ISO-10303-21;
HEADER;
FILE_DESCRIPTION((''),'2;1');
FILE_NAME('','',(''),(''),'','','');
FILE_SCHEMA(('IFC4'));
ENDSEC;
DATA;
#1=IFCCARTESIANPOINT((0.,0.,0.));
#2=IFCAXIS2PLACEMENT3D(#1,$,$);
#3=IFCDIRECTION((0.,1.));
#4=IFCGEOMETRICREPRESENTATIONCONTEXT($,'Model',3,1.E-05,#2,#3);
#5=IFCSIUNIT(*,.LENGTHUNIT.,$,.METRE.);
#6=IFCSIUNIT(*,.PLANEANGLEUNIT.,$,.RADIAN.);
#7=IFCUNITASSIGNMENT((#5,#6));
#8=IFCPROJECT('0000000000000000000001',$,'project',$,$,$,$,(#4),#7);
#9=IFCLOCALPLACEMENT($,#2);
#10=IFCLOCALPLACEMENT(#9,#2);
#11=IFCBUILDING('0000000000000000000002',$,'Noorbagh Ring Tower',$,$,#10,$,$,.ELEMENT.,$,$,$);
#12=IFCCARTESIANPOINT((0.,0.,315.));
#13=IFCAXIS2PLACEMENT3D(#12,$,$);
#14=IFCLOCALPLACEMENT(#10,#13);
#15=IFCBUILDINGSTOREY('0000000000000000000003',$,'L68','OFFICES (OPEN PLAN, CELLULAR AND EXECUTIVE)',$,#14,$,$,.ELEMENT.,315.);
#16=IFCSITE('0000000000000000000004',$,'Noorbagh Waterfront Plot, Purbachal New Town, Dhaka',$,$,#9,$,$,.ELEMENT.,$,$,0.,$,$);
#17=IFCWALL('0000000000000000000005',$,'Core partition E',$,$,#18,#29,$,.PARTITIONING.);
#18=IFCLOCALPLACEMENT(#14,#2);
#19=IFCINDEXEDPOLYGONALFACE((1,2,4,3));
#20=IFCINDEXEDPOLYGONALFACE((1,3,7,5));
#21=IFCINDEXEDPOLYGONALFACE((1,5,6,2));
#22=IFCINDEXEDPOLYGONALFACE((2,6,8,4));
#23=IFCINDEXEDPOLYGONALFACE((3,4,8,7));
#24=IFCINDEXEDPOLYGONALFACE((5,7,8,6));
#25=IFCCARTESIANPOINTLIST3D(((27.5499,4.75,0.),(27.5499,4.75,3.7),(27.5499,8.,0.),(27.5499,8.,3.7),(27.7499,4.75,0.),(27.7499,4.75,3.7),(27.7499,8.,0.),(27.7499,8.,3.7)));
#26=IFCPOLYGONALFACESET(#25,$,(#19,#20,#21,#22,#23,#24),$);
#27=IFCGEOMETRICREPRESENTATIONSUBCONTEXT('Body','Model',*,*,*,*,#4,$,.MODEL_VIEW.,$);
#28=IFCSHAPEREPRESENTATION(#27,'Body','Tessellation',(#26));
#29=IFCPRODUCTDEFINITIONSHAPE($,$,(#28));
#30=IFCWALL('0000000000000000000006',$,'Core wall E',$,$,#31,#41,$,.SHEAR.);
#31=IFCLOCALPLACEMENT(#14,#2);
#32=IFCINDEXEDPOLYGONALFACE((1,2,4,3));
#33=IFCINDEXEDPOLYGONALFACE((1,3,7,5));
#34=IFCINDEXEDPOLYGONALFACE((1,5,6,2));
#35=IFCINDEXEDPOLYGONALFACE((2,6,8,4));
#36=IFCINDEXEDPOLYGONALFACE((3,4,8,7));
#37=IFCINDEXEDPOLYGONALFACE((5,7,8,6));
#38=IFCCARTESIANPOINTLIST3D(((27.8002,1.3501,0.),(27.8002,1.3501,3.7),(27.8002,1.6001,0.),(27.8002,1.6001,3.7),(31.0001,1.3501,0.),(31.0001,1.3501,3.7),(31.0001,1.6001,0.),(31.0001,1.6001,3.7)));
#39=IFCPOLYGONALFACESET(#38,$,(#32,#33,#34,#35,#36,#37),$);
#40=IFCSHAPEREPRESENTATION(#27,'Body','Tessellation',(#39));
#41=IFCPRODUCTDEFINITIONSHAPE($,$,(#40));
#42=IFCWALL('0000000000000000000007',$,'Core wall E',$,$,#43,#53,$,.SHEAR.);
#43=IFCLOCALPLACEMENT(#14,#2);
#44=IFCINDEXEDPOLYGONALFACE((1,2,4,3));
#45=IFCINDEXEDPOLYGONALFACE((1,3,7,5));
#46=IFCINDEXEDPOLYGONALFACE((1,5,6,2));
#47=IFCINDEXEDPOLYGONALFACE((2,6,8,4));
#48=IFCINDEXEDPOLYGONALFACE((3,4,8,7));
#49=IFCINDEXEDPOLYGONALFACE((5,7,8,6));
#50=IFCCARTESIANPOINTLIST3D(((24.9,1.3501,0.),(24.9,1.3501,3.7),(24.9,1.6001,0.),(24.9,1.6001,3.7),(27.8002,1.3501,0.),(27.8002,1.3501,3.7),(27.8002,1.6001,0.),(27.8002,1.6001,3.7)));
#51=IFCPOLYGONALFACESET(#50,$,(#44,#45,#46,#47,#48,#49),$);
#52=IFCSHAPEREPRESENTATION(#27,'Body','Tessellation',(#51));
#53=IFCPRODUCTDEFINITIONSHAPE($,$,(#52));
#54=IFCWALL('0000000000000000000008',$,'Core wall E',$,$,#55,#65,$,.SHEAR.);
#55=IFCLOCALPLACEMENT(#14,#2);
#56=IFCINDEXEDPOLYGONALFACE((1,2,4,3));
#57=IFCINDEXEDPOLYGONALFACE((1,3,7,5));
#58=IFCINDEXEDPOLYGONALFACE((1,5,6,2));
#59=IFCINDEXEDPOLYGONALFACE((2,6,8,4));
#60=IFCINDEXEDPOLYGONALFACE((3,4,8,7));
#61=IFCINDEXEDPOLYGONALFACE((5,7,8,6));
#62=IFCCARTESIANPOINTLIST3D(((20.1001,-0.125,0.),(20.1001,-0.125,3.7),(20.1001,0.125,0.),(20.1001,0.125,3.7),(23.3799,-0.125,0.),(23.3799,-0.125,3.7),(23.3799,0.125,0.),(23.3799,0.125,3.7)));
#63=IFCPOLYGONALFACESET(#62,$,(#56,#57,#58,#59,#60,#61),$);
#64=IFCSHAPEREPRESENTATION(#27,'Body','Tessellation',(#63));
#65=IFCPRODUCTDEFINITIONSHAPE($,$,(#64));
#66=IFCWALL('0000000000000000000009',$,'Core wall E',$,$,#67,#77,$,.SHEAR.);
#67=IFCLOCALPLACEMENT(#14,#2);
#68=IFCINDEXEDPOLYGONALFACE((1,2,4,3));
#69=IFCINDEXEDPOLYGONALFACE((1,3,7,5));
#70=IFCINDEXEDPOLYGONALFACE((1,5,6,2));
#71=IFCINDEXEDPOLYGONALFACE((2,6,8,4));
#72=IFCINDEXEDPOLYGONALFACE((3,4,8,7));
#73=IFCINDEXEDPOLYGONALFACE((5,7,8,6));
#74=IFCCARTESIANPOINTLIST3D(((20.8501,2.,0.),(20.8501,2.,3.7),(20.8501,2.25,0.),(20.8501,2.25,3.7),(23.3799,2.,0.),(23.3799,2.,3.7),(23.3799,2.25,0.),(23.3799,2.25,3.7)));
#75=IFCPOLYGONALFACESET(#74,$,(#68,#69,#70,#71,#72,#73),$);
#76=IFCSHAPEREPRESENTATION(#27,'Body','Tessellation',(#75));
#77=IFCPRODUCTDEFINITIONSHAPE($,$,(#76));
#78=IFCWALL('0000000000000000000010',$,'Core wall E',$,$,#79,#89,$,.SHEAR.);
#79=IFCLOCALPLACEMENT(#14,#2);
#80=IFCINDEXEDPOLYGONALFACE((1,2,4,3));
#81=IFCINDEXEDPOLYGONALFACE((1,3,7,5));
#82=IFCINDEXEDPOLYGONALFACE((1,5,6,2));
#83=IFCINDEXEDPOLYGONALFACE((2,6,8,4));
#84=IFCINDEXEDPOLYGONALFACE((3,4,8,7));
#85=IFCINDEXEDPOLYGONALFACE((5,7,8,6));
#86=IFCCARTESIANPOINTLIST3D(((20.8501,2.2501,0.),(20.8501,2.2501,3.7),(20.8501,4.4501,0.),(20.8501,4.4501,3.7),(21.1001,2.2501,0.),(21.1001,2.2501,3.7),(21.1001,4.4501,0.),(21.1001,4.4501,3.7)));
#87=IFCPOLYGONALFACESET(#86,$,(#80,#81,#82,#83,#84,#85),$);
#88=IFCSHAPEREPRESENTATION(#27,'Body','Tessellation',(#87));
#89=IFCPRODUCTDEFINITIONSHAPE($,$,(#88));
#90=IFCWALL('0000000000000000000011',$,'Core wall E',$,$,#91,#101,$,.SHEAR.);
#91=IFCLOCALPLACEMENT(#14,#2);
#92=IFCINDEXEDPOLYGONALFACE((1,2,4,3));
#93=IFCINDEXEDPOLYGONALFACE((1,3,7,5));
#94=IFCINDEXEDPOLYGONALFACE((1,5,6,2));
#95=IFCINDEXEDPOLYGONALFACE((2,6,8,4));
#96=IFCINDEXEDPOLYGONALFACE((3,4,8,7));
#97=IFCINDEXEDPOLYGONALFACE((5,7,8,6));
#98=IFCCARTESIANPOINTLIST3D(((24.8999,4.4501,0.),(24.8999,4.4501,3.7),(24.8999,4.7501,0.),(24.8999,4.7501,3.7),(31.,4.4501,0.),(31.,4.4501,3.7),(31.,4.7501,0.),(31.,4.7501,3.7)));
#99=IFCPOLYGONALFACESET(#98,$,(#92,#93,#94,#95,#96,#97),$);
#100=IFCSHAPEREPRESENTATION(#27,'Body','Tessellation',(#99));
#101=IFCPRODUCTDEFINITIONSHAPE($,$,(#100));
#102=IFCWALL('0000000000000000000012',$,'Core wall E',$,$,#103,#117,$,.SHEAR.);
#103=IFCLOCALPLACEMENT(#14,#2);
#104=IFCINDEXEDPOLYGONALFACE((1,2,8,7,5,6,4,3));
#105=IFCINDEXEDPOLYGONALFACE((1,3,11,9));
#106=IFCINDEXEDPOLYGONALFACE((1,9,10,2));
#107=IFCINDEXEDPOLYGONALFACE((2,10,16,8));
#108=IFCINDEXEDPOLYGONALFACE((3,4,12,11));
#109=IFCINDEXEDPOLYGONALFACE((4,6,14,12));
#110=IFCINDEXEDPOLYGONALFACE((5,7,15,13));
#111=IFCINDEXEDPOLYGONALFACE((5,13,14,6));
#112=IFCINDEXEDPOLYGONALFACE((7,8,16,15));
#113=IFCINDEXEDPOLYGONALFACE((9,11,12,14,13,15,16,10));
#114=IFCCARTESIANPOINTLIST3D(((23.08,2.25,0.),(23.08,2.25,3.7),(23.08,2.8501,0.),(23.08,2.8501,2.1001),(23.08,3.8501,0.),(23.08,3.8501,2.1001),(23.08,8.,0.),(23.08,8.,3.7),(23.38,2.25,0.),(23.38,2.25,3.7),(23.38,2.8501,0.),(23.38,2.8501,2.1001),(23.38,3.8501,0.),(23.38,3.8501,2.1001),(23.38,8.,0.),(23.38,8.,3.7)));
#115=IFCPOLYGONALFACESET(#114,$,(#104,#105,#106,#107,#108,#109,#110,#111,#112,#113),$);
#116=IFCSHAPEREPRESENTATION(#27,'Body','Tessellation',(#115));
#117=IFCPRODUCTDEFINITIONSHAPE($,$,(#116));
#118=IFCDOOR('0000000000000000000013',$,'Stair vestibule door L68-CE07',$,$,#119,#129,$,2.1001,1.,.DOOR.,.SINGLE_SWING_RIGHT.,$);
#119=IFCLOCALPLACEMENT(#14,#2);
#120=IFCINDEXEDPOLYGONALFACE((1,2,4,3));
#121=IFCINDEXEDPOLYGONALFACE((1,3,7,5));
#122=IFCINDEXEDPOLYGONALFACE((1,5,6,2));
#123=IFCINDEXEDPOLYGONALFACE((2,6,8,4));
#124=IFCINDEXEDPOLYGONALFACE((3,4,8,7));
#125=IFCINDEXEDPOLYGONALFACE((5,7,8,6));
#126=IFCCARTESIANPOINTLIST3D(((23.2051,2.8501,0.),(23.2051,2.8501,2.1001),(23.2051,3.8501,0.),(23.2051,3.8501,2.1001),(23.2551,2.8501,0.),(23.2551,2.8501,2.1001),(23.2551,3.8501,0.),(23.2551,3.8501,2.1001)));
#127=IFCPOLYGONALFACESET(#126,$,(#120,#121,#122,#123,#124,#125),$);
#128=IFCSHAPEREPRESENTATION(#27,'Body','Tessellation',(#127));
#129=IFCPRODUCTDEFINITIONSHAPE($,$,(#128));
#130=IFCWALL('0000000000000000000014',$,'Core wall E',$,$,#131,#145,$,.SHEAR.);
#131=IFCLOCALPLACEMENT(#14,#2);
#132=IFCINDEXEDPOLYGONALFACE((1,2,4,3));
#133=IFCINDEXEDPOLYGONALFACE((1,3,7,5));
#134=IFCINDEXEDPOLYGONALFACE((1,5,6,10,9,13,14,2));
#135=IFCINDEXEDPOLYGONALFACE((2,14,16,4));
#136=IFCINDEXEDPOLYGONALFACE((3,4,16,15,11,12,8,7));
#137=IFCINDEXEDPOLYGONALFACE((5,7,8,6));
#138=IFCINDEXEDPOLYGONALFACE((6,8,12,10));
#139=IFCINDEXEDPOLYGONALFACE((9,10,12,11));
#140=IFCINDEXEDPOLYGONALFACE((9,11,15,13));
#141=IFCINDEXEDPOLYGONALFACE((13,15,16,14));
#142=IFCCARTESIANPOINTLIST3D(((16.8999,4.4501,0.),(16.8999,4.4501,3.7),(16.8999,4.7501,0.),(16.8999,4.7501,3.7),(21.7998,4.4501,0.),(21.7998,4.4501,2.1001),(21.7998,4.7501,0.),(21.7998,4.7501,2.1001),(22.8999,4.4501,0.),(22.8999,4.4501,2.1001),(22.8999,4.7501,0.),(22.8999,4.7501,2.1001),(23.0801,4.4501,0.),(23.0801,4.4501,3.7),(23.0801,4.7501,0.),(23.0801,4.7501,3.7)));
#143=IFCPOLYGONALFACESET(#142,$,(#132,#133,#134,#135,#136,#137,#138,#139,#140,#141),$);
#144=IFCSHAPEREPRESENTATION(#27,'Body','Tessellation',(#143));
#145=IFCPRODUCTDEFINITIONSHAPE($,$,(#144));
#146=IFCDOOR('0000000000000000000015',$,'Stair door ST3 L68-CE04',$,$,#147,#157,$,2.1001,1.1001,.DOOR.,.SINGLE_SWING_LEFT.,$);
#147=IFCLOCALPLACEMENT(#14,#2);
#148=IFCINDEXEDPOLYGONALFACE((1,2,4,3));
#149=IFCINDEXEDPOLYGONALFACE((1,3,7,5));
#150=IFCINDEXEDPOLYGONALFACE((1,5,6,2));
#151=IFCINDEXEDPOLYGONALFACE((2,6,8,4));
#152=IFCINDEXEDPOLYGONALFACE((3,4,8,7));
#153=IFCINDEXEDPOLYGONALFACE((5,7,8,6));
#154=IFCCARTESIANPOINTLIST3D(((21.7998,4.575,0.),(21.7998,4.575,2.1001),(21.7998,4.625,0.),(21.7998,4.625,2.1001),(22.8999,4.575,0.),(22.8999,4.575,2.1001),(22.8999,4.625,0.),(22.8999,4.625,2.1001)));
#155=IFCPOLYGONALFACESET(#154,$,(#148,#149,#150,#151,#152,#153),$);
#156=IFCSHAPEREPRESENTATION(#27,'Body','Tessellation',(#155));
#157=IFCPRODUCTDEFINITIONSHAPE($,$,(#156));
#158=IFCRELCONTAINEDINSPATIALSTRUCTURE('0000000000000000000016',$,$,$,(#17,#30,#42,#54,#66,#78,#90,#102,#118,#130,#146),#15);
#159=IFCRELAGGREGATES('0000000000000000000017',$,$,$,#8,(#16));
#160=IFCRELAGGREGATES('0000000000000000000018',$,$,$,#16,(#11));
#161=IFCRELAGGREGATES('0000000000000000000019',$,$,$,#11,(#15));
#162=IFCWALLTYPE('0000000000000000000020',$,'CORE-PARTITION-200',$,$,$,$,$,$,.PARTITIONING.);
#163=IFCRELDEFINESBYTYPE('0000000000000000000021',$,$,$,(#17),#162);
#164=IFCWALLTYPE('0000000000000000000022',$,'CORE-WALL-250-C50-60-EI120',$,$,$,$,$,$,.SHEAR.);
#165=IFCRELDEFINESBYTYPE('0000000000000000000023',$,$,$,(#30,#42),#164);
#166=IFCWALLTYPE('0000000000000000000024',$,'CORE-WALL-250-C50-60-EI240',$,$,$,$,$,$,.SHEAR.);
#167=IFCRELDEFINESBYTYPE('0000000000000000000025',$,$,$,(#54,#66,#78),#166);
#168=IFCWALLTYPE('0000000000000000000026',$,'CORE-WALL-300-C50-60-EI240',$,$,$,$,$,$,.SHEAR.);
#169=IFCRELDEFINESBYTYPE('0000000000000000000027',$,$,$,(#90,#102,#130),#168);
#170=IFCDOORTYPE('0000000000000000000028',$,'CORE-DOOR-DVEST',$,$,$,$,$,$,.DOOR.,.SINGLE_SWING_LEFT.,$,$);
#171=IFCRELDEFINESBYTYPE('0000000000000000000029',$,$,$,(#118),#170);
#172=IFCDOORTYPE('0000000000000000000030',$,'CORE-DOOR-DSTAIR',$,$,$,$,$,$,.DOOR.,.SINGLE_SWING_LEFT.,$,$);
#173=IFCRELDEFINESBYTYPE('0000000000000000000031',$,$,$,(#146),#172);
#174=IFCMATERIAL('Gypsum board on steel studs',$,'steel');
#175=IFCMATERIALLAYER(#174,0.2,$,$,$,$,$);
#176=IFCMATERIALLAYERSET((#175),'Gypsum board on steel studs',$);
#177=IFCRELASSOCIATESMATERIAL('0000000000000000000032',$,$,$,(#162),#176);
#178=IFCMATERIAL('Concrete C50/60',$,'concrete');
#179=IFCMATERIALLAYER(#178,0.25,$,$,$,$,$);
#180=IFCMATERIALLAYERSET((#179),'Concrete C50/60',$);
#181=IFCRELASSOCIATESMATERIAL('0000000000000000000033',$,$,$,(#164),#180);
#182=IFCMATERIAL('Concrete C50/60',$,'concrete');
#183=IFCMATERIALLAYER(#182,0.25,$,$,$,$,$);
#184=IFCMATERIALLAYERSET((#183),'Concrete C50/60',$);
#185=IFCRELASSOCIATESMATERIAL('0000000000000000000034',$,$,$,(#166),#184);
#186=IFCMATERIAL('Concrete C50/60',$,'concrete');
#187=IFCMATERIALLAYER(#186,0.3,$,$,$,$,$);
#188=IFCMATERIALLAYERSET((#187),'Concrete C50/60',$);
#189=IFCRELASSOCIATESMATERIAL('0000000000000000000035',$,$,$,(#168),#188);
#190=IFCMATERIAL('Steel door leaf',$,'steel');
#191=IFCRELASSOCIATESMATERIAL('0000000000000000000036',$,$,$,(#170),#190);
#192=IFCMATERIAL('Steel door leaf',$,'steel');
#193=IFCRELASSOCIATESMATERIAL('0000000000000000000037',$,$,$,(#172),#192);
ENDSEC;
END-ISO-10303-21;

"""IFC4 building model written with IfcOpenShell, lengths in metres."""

from ifc_helpers import new_model, si_unit, direction, frame, frame_2d, origin, place, context, subcontext, project, spatial, rectangle, extrude, material, layer, layer_set, type_object, element, fill, save


model = new_model("IFC4")

# Units and contexts
model_context = context("Model", 3, precision=1e-05, world=origin(), true_north=direction((0.0, 1.0)))
body_context = subcontext(model_context, "Body", "Model", "MODEL_VIEW")
ifc_project = project(units=[si_unit("LENGTHUNIT", "METRE"), si_unit("PLANEANGLEUNIT", "RADIAN")], contexts=[model_context])

# Site, building, storey
site_placement = place(None, origin())
site = spatial("IfcSite", under=ifc_project, at=site_placement, Name="Noorbagh Waterfront Plot, Purbachal New Town, Dhaka", CompositionType="ELEMENT", RefElevation=0.0)
building_placement = place(site_placement, origin())
building = spatial("IfcBuilding", under=site, at=building_placement, Name="Noorbagh Ring Tower", CompositionType="ELEMENT")
storey_placement = place(building_placement, frame((0.0, 0.0, 315.0)))
storey = spatial("IfcBuildingStorey", under=building, at=storey_placement, Name="L68", Description="OFFICES (OPEN PLAN, CELLULAR AND EXECUTIVE)", CompositionType="ELEMENT", Elevation=315.0)

# Shared definitions
ifc_material_1 = material(Name="Gypsum board on steel studs", Category="steel")
ifc_layer_1 = layer(ifc_material_1, 0.2)
ifc_layer_set_1 = layer_set([ifc_layer_1], Name="Gypsum board on steel studs")
wall_type_1 = type_object("IfcWallType", Name="CORE-PARTITION-200", PredefinedType="PARTITIONING", material=ifc_layer_set_1)

# Walls
wall_1_placement = place(storey_placement, frame((27.6499, 4.75, 0.0), z_axis=(0.0, 0.0, 1.0), x_axis=(0.0, 1.0, 0.0)))
element("IfcWall", 1, at=wall_1_placement, inside=storey, type_object=wall_type_1, Name="Core partition E", PredefinedType="PARTITIONING", context=body_context, shape_type="SweptSolid", body=[
    extrude(rectangle(XDim=3.25, YDim=0.2, at=frame_2d((1.625, 0.0))), origin(), (0.0, 0.0, 1.0), 3.7),
])
ifc_material_2 = material(Name="Concrete C50/60", Category="concrete")
ifc_layer_2 = layer(ifc_material_2, 0.25)
ifc_layer_set_2 = layer_set([ifc_layer_2], Name="Concrete C50/60")
wall_type_2 = type_object("IfcWallType", Name="CORE-WALL-250-C50-60-EI120", PredefinedType="SHEAR", material=ifc_layer_set_2)
wall_2_placement = place(storey_placement, frame((27.8, 1.4751, 0.0), z_axis=(0.0, 0.0, 1.0), x_axis=(1.0, 0.0, 0.0)))
element("IfcWall", 2, at=wall_2_placement, inside=storey, type_object=wall_type_2, Name="Core wall E", PredefinedType="SHEAR", context=body_context, shape_type="SweptSolid", body=[
    extrude(rectangle(XDim=3.2, YDim=0.25, at=frame_2d((1.6001, 0.0))), origin(), (0.0, 0.0, 1.0), 3.7),
])
wall_3_placement = place(storey_placement, frame((24.8999, 1.4751, 0.0), z_axis=(0.0, 0.0, 1.0), x_axis=(1.0, 0.0, 0.0)))
element("IfcWall", 3, at=wall_3_placement, inside=storey, type_object=wall_type_2, Name="Core wall E", PredefinedType="SHEAR", context=body_context, shape_type="SweptSolid", body=[
    extrude(rectangle(XDim=2.9001, YDim=0.25, at=frame_2d((1.4502, 0.0))), origin(), (0.0, 0.0, 1.0), 3.7),
])
ifc_material_3 = material(Name="Concrete C50/60", Category="concrete")
ifc_layer_3 = layer(ifc_material_3, 0.25)
ifc_layer_set_3 = layer_set([ifc_layer_3], Name="Concrete C50/60")
wall_type_3 = type_object("IfcWallType", Name="CORE-WALL-250-C50-60-EI240", PredefinedType="SHEAR", material=ifc_layer_set_3)
wall_4_placement = place(storey_placement, frame((20.1001, 0.0, 0.0), z_axis=(0.0, 0.0, 1.0), x_axis=(1.0, 0.0, 0.0)))
element("IfcWall", 4, at=wall_4_placement, inside=storey, type_object=wall_type_3, Name="Core wall E", PredefinedType="SHEAR", context=body_context, shape_type="SweptSolid", body=[
    extrude(rectangle(XDim=3.2798, YDim=0.25, at=frame_2d((1.6399, 0.0))), origin(), (0.0, 0.0, 1.0), 3.7),
])
wall_5_placement = place(storey_placement, frame((20.8501, 2.125, 0.0), z_axis=(0.0, 0.0, 1.0), x_axis=(1.0, 0.0, 0.0)))
element("IfcWall", 5, at=wall_5_placement, inside=storey, type_object=wall_type_3, Name="Core wall E", PredefinedType="SHEAR", context=body_context, shape_type="SweptSolid", body=[
    extrude(rectangle(XDim=2.5298, YDim=0.25, at=frame_2d((1.2649, 0.0))), origin(), (0.0, 0.0, 1.0), 3.7),
])
wall_6_placement = place(storey_placement, frame((20.9751, 2.25, 0.0), z_axis=(0.0, 0.0, 1.0), x_axis=(0.0, 1.0, 0.0)))
element("IfcWall", 6, at=wall_6_placement, inside=storey, type_object=wall_type_3, Name="Core wall E", PredefinedType="SHEAR", context=body_context, shape_type="SweptSolid", body=[
    extrude(rectangle(XDim=2.2, YDim=0.25, at=frame_2d((1.1001, 0.0))), origin(), (0.0, 0.0, 1.0), 3.7),
])
ifc_material_4 = material(Name="Concrete C50/60", Category="concrete")
ifc_layer_4 = layer(ifc_material_4, 0.3)
ifc_layer_set_4 = layer_set([ifc_layer_4], Name="Concrete C50/60")
wall_type_4 = type_object("IfcWallType", Name="CORE-WALL-300-C50-60-EI240", PredefinedType="SHEAR", material=ifc_layer_set_4)
wall_7_placement = place(storey_placement, frame((24.8999, 4.6001, 0.0), z_axis=(0.0, 0.0, 1.0), x_axis=(1.0, 0.0, 0.0)))
element("IfcWall", 7, at=wall_7_placement, inside=storey, type_object=wall_type_4, Name="Core wall E", PredefinedType="SHEAR", context=body_context, shape_type="SweptSolid", body=[
    extrude(rectangle(XDim=6.1001, YDim=0.3, at=frame_2d((3.05, 0.0))), origin(), (0.0, 0.0, 1.0), 3.7),
])

# Walls, openings, doors
wall_8_placement = place(storey_placement, frame((23.23, 2.25, 0.0), z_axis=(0.0, 0.0, 1.0), x_axis=(0.0, 1.0, 0.0)))
wall_8 = element("IfcWall", 8, at=wall_8_placement, inside=storey, type_object=wall_type_4, Name="Core wall E", PredefinedType="SHEAR", context=body_context, shape_type="SweptSolid", body=[
    extrude(rectangle(XDim=5.75, YDim=0.3, at=frame_2d((2.875, 0.0))), origin(), (0.0, 0.0, 1.0), 3.7),
])
opening_1_placement = place(wall_8_placement, frame((0.6001, 0.0, 0.0)))
opening_1 = element("IfcOpeningElement", 9, at=opening_1_placement, cuts=wall_8, PredefinedType="OPENING", context=body_context, shape_type="SweptSolid", body=[
    extrude(rectangle(XDim=1.0, YDim=2.1001, at=frame_2d((0.5, 1.05))), frame((0.0, 0.1602, 0.0), z_axis=(0.0, -1.0, 0.0), x_axis=(1.0, 0.0, 0.0)), (0.0, 0.0, 1.0), 0.3201),
])
ifc_material_5 = material(Name="Steel door leaf", Category="steel")
door_type_1 = type_object("IfcDoorType", Name="CORE-DOOR-DVEST", OperationType="SINGLE_SWING_LEFT", PredefinedType="DOOR", material=ifc_material_5)
door_1_placement = place(opening_1_placement, origin())
door_1 = element("IfcDoor", 10, at=door_1_placement, inside=storey, type_object=door_type_1, Name="Stair vestibule door L68-CE07", OperationType="SINGLE_SWING_RIGHT", OverallHeight=2.1001, OverallWidth=1.0, PredefinedType="DOOR", context=body_context, shape_type="SweptSolid", body=[
    extrude(rectangle(XDim=1.0, YDim=2.1001, at=frame_2d((0.5, 1.05))), frame((0.0, 0.0249, 0.0), z_axis=(0.0, -1.0, 0.0), x_axis=(1.0, 0.0, 0.0)), (0.0, 0.0, 1.0), 0.05),
])
fill(opening_1, door_1)
wall_9_placement = place(storey_placement, frame((16.8999, 4.6001, 0.0), z_axis=(0.0, 0.0, 1.0), x_axis=(1.0, 0.0, 0.0)))
wall_9 = element("IfcWall", 11, at=wall_9_placement, inside=storey, type_object=wall_type_4, Name="Core wall E", PredefinedType="SHEAR", context=body_context, shape_type="SweptSolid", body=[
    extrude(rectangle(XDim=6.1802, YDim=0.3, at=frame_2d((3.0901, 0.0))), origin(), (0.0, 0.0, 1.0), 3.7),
])
opening_2_placement = place(wall_9_placement, frame((4.8999, 0.0, 0.0)))
opening_2 = element("IfcOpeningElement", 12, at=opening_2_placement, cuts=wall_9, PredefinedType="OPENING", context=body_context, shape_type="SweptSolid", body=[
    extrude(rectangle(XDim=1.1001, YDim=2.1001, at=frame_2d((0.55, 1.05))), frame((0.0, 0.1602, 0.0), z_axis=(0.0, -1.0, 0.0), x_axis=(1.0, 0.0, 0.0)), (0.0, 0.0, 1.0), 0.3201),
])
ifc_material_6 = material(Name="Steel door leaf", Category="steel")
door_type_2 = type_object("IfcDoorType", Name="CORE-DOOR-DSTAIR", OperationType="SINGLE_SWING_LEFT", PredefinedType="DOOR", material=ifc_material_6)
door_2_placement = place(opening_2_placement, origin())
door_2 = element("IfcDoor", 13, at=door_2_placement, inside=storey, type_object=door_type_2, Name="Stair door ST3 L68-CE04", OperationType="SINGLE_SWING_LEFT", OverallHeight=2.1001, OverallWidth=1.1001, PredefinedType="DOOR", context=body_context, shape_type="SweptSolid", body=[
    extrude(rectangle(XDim=1.1001, YDim=2.1001, at=frame_2d((0.55, 1.05))), frame((0.0, 0.0249, 0.0), z_axis=(0.0, -1.0, 0.0), x_axis=(1.0, 0.0, 0.0)), (0.0, 0.0, 1.0), 0.05),
])
fill(opening_2, door_2)

save(model, "model.ifc")
